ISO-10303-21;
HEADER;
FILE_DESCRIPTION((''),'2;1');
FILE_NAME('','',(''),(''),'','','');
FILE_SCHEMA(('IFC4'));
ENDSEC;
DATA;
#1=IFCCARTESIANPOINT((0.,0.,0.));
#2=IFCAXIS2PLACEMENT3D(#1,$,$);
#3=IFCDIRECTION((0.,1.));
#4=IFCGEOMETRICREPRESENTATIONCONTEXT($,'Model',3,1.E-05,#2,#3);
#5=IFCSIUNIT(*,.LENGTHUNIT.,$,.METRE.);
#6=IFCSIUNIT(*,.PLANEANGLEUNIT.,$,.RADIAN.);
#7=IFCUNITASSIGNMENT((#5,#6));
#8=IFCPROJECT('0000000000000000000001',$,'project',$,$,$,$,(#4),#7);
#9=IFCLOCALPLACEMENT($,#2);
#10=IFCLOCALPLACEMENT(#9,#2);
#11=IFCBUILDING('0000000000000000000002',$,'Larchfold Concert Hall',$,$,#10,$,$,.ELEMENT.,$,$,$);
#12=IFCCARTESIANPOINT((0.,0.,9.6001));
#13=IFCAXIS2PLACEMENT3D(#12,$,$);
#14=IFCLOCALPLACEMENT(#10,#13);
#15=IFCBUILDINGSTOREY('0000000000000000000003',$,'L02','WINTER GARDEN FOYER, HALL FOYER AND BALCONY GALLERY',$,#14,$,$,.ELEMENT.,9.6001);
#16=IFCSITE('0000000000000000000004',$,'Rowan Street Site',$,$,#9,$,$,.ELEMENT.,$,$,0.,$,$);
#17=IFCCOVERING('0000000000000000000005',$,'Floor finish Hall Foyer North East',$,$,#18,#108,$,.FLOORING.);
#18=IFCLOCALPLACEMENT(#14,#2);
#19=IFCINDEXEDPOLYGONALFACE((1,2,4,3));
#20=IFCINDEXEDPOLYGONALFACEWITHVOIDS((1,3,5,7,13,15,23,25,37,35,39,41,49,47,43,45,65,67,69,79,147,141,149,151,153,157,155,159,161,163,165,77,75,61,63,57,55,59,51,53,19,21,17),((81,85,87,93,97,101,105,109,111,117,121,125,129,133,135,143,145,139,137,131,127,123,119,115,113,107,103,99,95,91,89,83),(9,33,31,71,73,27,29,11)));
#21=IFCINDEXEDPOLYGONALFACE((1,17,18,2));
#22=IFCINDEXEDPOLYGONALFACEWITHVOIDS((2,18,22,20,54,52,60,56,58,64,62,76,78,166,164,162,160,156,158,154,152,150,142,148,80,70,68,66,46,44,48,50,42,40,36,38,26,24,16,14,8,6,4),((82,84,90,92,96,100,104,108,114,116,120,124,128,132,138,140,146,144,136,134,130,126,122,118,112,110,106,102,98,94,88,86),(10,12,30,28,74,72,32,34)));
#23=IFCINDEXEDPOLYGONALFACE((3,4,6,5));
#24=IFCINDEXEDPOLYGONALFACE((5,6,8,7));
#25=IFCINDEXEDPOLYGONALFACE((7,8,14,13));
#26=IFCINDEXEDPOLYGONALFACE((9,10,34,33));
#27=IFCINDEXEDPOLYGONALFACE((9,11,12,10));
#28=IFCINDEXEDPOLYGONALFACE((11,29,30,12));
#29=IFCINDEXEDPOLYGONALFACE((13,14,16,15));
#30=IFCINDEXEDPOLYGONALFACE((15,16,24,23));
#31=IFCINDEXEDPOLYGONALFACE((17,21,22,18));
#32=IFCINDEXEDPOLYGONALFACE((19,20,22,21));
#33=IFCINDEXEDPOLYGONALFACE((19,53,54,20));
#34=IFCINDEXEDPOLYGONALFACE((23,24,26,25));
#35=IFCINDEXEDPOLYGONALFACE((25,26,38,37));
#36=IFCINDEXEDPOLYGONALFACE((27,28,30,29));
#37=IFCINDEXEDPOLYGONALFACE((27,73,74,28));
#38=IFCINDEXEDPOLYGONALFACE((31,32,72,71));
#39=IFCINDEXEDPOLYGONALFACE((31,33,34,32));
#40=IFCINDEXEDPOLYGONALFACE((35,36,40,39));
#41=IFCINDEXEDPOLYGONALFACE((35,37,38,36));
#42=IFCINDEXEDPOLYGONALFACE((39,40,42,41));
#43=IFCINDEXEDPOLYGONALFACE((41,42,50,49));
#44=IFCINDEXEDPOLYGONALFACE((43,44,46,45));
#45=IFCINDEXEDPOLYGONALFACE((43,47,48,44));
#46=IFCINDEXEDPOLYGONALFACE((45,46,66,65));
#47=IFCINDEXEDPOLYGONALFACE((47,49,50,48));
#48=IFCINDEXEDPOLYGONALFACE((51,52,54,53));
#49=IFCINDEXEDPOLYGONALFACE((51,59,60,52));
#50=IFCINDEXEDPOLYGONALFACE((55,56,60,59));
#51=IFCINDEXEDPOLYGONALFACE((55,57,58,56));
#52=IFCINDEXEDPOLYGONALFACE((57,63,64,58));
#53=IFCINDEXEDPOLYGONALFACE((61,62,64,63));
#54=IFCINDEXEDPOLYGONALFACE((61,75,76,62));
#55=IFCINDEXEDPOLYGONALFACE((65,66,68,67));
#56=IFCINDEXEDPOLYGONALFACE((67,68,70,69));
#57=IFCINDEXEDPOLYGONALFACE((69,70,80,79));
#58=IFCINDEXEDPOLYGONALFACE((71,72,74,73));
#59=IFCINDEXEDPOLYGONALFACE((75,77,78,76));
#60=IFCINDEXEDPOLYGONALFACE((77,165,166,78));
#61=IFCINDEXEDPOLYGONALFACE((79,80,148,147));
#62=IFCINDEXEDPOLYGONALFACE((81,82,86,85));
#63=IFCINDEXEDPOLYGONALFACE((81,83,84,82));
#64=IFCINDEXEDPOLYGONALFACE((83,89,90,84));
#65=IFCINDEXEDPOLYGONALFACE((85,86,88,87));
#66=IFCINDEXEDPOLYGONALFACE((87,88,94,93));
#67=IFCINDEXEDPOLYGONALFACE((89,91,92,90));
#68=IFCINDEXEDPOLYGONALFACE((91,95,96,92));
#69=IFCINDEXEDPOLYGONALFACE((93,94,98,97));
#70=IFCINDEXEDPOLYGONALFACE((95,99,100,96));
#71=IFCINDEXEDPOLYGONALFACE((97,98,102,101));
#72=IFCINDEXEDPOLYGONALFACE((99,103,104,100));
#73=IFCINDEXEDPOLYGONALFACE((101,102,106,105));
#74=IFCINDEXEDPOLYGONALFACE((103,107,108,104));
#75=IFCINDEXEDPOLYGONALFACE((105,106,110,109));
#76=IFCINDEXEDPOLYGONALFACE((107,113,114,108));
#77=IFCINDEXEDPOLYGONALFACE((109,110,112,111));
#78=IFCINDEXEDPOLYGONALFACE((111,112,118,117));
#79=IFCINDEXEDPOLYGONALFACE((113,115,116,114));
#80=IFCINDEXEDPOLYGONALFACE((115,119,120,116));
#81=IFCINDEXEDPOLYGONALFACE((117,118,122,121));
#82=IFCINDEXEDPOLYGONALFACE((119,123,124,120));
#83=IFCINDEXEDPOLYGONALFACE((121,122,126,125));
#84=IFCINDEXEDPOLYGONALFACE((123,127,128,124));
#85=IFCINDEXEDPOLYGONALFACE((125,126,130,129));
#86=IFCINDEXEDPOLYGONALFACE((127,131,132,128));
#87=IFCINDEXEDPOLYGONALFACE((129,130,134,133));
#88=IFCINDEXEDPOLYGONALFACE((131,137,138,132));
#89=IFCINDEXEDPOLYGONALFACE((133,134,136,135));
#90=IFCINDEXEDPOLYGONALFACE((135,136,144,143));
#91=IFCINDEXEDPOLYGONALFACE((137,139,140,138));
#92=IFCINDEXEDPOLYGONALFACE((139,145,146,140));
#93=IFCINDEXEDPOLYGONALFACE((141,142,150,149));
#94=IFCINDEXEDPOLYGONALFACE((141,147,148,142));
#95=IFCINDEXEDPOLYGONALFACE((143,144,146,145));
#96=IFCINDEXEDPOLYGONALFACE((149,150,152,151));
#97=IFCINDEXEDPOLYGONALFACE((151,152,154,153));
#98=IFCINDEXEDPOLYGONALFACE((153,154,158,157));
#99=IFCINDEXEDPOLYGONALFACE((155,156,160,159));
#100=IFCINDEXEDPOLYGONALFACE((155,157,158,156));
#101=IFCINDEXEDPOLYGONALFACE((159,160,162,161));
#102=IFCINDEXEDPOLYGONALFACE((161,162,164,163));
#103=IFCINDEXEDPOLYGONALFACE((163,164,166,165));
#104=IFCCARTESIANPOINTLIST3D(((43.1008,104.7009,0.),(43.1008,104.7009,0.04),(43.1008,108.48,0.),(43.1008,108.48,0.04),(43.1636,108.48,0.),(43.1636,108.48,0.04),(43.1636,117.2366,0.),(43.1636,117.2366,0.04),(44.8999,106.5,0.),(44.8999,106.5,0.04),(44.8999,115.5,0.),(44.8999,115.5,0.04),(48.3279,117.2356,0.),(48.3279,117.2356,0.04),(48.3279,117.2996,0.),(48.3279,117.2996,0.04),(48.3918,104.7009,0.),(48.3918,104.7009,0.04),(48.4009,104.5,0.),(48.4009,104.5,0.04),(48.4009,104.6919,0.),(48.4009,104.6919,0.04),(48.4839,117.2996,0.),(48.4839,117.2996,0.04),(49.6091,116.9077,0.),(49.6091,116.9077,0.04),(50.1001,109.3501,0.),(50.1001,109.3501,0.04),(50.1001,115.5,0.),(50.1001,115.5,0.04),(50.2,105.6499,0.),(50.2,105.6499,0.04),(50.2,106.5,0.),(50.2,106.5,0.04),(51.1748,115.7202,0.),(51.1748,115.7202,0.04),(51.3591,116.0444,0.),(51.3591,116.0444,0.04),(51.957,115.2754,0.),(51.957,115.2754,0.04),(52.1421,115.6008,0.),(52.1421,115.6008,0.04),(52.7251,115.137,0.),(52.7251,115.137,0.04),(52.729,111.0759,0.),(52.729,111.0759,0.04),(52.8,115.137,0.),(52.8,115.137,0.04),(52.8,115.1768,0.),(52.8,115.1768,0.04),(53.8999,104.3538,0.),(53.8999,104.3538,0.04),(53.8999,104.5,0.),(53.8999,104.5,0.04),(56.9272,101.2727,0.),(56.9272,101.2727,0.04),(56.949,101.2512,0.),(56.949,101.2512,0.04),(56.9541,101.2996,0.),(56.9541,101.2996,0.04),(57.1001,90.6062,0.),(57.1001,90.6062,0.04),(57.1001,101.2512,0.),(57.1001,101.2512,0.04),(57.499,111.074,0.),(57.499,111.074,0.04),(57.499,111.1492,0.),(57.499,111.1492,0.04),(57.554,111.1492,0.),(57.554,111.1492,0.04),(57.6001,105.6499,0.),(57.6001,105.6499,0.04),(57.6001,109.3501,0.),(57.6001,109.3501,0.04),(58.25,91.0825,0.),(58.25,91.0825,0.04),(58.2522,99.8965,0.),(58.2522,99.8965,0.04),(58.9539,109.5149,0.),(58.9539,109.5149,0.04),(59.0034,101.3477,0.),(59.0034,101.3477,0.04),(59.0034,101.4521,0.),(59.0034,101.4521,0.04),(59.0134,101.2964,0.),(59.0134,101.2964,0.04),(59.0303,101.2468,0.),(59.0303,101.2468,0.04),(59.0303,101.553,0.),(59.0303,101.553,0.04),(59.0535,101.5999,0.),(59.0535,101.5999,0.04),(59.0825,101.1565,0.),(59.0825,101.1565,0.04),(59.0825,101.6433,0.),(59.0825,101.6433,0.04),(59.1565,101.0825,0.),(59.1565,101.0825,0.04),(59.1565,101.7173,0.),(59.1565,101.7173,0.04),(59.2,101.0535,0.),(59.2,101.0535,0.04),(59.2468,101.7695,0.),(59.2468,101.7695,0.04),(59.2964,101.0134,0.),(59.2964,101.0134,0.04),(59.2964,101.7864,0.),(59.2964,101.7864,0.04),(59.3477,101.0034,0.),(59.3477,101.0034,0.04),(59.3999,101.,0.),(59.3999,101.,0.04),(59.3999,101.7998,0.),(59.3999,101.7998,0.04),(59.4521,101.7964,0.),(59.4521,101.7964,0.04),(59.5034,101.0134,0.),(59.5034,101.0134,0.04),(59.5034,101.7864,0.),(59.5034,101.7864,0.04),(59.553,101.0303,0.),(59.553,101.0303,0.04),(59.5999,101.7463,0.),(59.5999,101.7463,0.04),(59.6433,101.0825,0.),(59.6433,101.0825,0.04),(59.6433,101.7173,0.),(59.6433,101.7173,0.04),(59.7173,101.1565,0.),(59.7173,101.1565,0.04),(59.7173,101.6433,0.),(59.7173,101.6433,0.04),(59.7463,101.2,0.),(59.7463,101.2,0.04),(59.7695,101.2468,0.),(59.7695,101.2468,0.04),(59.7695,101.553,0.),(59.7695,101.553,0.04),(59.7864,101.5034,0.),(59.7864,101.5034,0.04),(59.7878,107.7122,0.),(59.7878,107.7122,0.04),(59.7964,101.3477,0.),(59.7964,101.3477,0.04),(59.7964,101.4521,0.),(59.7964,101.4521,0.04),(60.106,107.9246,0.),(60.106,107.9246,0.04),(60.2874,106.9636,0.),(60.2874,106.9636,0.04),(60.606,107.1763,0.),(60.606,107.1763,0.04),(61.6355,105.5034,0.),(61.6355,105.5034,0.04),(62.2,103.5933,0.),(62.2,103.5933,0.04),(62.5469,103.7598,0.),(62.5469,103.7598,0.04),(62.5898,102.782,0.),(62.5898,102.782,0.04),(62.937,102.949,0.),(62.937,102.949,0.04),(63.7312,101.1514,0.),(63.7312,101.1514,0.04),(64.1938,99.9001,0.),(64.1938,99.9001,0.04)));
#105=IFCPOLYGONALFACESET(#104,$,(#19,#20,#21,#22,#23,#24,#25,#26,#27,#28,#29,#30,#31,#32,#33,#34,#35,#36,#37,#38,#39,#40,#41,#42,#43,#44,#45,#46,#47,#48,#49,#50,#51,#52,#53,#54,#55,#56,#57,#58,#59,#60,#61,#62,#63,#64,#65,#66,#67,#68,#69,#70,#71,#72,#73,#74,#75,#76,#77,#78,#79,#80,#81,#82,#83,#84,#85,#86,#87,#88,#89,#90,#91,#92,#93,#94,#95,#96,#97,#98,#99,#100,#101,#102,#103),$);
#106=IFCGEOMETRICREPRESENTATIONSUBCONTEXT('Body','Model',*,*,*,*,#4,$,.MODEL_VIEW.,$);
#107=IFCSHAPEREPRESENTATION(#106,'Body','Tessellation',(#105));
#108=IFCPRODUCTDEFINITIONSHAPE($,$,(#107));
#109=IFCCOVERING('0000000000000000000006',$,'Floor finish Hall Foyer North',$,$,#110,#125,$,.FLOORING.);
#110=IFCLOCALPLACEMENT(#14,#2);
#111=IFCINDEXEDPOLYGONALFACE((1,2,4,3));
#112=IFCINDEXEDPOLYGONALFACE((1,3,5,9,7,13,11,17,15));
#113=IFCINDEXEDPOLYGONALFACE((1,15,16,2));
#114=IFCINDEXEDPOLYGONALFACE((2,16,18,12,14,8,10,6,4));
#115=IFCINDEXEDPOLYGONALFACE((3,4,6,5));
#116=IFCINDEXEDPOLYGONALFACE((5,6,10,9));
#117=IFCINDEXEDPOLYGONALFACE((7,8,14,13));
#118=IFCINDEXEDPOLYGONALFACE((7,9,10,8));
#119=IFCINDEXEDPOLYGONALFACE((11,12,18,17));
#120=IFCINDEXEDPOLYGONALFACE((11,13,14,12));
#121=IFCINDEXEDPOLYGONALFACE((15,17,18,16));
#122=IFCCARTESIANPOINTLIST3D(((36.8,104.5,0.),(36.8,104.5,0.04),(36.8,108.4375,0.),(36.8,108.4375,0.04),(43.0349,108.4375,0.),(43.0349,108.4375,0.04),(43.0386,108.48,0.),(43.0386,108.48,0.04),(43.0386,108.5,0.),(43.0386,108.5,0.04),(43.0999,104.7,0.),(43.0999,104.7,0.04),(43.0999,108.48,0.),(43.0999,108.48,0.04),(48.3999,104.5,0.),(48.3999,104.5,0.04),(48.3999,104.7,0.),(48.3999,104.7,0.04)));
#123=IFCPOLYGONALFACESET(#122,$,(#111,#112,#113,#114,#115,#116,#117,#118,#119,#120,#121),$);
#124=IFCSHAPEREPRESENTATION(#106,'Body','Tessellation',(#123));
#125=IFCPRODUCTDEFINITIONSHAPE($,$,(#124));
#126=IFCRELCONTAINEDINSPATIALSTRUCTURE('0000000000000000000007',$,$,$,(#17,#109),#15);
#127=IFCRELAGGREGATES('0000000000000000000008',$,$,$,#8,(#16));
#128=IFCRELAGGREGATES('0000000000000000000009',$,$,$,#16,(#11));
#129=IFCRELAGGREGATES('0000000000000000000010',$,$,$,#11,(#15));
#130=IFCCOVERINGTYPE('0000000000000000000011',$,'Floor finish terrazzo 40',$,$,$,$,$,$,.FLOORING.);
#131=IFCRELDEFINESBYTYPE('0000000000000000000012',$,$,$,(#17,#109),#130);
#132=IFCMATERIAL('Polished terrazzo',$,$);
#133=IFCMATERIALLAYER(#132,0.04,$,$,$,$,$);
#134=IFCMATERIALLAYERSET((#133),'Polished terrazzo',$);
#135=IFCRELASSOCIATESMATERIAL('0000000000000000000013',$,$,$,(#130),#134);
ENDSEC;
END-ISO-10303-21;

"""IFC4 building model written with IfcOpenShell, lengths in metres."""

from ifc_helpers import new_model, si_unit, direction, frame, origin, place, context, subcontext, project, spatial, polyline, outline, extrude, material, layer, layer_set, type_object, element, save


model = new_model("IFC4")

# Units and contexts
model_context = context("Model", 3, precision=1e-05, world=origin(), true_north=direction((0.0, 1.0)))
body_context = subcontext(model_context, "Body", "Model", "MODEL_VIEW")
ifc_project = project(units=[si_unit("LENGTHUNIT", "METRE"), si_unit("PLANEANGLEUNIT", "RADIAN")], contexts=[model_context])

# Site, building, storey
site_placement = place(None, origin())
site = spatial("IfcSite", under=ifc_project, at=site_placement, Name="Rowan Street Site", CompositionType="ELEMENT", RefElevation=0.0)
building_placement = place(site_placement, origin())
building = spatial("IfcBuilding", under=site, at=building_placement, Name="Larchfold Concert Hall", CompositionType="ELEMENT")
storey_placement = place(building_placement, frame((0.0, 0.0, 9.6001)))
storey = spatial("IfcBuildingStorey", under=building, at=storey_placement, Name="L02", Description="WINTER GARDEN FOYER, HALL FOYER AND BALCONY GALLERY", CompositionType="ELEMENT", Elevation=9.6001)

# Coverings
ifc_material_1 = material(Name="Polished terrazzo")
ifc_layer_1 = layer(ifc_material_1, 0.04)
ifc_layer_set_1 = layer_set([ifc_layer_1], Name="Polished terrazzo")
covering_type_1 = type_object("IfcCoveringType", Name="Floor finish terrazzo 40", PredefinedType="FLOORING", material=ifc_layer_set_1)
covering_1_placement = place(storey_placement, origin())
element("IfcCovering", 1, at=covering_1_placement, inside=storey, type_object=covering_type_1, Name="Floor finish Hall Foyer North East", PredefinedType="FLOORING", context=body_context, shape_type="SweptSolid", body=[
    extrude(outline(polyline([(43.1636, 108.48), (43.1008, 108.48), (43.1008, 104.7009), (48.3918, 104.7009), (48.4009, 104.6919), (48.4009, 104.5), (53.8999, 104.5), (53.8999, 104.3538), (56.9541, 101.2996), (56.9272, 101.2727), (56.949, 101.2512), (57.1001, 101.2512), (57.1001, 90.6062), (58.25, 91.0825), (58.2522, 99.8965), (64.1938, 99.9001), (63.7312, 101.1514), (62.937, 102.949), (62.5898, 102.782), (62.2, 103.5933), (62.5469, 103.7598), (61.6355, 105.5034), (60.606, 107.1763), (60.2874, 106.9636), (59.7878, 107.7122), (60.106, 107.9246), (58.9539, 109.5149), (57.554, 111.1492), (57.499, 111.1492), (57.499, 111.074), (52.729, 111.0759), (52.7251, 115.137), (52.8, 115.137), (52.8, 115.1768), (52.1421, 115.6008), (51.957, 115.2754), (51.1748, 115.7202), (51.3591, 116.0444), (49.6091, 116.9077), (48.4839, 117.2996), (48.3279, 117.2996), (48.3279, 117.2356), (43.1636, 117.2366), (43.1636, 108.48)]), holes=[polyline([(59.2964, 101.0134), (59.2, 101.0535), (59.1565, 101.0825), (59.0825, 101.1565), (59.0303, 101.2468), (59.0134, 101.2964), (59.0034, 101.3477), (59.0034, 101.4521), (59.0303, 101.553), (59.0535, 101.5999), (59.0825, 101.6433), (59.1565, 101.7173), (59.2468, 101.7695), (59.2964, 101.7864), (59.3999, 101.7998), (59.4521, 101.7964), (59.5034, 101.7864), (59.5999, 101.7463), (59.6433, 101.7173), (59.7173, 101.6433), (59.7695, 101.553), (59.7864, 101.5034), (59.7964, 101.4521), (59.7964, 101.3477), (59.7695, 101.2468), (59.7463, 101.2), (59.7173, 101.1565), (59.6433, 101.0825), (59.553, 101.0303), (59.5034, 101.0134), (59.3999, 101.0), (59.3477, 101.0034), (59.2964, 101.0134)]), polyline([(50.1001, 109.3501), (57.6001, 109.3501), (57.6001, 105.6499), (50.2, 105.6499), (50.2, 106.5), (44.8999, 106.5), (44.8999, 115.5), (50.1001, 115.5), (50.1001, 109.3501)])]), origin(), (0.0, 0.0, 1.0), 0.04),
])
covering_2_placement = place(storey_placement, origin())
element("IfcCovering", 2, at=covering_2_placement, inside=storey, type_object=covering_type_1, Name="Floor finish Hall Foyer North", PredefinedType="FLOORING", context=body_context, shape_type="SweptSolid", body=[
    extrude(outline(polyline([(43.0386, 108.5), (43.0349, 108.4375), (36.8, 108.4375), (36.8, 104.5), (48.3999, 104.5), (48.3999, 104.7), (43.0999, 104.7), (43.0999, 108.48), (43.0386, 108.48), (43.0386, 108.5)])), origin(), (0.0, 0.0, 1.0), 0.04),
])

save(model, "model.ifc")
